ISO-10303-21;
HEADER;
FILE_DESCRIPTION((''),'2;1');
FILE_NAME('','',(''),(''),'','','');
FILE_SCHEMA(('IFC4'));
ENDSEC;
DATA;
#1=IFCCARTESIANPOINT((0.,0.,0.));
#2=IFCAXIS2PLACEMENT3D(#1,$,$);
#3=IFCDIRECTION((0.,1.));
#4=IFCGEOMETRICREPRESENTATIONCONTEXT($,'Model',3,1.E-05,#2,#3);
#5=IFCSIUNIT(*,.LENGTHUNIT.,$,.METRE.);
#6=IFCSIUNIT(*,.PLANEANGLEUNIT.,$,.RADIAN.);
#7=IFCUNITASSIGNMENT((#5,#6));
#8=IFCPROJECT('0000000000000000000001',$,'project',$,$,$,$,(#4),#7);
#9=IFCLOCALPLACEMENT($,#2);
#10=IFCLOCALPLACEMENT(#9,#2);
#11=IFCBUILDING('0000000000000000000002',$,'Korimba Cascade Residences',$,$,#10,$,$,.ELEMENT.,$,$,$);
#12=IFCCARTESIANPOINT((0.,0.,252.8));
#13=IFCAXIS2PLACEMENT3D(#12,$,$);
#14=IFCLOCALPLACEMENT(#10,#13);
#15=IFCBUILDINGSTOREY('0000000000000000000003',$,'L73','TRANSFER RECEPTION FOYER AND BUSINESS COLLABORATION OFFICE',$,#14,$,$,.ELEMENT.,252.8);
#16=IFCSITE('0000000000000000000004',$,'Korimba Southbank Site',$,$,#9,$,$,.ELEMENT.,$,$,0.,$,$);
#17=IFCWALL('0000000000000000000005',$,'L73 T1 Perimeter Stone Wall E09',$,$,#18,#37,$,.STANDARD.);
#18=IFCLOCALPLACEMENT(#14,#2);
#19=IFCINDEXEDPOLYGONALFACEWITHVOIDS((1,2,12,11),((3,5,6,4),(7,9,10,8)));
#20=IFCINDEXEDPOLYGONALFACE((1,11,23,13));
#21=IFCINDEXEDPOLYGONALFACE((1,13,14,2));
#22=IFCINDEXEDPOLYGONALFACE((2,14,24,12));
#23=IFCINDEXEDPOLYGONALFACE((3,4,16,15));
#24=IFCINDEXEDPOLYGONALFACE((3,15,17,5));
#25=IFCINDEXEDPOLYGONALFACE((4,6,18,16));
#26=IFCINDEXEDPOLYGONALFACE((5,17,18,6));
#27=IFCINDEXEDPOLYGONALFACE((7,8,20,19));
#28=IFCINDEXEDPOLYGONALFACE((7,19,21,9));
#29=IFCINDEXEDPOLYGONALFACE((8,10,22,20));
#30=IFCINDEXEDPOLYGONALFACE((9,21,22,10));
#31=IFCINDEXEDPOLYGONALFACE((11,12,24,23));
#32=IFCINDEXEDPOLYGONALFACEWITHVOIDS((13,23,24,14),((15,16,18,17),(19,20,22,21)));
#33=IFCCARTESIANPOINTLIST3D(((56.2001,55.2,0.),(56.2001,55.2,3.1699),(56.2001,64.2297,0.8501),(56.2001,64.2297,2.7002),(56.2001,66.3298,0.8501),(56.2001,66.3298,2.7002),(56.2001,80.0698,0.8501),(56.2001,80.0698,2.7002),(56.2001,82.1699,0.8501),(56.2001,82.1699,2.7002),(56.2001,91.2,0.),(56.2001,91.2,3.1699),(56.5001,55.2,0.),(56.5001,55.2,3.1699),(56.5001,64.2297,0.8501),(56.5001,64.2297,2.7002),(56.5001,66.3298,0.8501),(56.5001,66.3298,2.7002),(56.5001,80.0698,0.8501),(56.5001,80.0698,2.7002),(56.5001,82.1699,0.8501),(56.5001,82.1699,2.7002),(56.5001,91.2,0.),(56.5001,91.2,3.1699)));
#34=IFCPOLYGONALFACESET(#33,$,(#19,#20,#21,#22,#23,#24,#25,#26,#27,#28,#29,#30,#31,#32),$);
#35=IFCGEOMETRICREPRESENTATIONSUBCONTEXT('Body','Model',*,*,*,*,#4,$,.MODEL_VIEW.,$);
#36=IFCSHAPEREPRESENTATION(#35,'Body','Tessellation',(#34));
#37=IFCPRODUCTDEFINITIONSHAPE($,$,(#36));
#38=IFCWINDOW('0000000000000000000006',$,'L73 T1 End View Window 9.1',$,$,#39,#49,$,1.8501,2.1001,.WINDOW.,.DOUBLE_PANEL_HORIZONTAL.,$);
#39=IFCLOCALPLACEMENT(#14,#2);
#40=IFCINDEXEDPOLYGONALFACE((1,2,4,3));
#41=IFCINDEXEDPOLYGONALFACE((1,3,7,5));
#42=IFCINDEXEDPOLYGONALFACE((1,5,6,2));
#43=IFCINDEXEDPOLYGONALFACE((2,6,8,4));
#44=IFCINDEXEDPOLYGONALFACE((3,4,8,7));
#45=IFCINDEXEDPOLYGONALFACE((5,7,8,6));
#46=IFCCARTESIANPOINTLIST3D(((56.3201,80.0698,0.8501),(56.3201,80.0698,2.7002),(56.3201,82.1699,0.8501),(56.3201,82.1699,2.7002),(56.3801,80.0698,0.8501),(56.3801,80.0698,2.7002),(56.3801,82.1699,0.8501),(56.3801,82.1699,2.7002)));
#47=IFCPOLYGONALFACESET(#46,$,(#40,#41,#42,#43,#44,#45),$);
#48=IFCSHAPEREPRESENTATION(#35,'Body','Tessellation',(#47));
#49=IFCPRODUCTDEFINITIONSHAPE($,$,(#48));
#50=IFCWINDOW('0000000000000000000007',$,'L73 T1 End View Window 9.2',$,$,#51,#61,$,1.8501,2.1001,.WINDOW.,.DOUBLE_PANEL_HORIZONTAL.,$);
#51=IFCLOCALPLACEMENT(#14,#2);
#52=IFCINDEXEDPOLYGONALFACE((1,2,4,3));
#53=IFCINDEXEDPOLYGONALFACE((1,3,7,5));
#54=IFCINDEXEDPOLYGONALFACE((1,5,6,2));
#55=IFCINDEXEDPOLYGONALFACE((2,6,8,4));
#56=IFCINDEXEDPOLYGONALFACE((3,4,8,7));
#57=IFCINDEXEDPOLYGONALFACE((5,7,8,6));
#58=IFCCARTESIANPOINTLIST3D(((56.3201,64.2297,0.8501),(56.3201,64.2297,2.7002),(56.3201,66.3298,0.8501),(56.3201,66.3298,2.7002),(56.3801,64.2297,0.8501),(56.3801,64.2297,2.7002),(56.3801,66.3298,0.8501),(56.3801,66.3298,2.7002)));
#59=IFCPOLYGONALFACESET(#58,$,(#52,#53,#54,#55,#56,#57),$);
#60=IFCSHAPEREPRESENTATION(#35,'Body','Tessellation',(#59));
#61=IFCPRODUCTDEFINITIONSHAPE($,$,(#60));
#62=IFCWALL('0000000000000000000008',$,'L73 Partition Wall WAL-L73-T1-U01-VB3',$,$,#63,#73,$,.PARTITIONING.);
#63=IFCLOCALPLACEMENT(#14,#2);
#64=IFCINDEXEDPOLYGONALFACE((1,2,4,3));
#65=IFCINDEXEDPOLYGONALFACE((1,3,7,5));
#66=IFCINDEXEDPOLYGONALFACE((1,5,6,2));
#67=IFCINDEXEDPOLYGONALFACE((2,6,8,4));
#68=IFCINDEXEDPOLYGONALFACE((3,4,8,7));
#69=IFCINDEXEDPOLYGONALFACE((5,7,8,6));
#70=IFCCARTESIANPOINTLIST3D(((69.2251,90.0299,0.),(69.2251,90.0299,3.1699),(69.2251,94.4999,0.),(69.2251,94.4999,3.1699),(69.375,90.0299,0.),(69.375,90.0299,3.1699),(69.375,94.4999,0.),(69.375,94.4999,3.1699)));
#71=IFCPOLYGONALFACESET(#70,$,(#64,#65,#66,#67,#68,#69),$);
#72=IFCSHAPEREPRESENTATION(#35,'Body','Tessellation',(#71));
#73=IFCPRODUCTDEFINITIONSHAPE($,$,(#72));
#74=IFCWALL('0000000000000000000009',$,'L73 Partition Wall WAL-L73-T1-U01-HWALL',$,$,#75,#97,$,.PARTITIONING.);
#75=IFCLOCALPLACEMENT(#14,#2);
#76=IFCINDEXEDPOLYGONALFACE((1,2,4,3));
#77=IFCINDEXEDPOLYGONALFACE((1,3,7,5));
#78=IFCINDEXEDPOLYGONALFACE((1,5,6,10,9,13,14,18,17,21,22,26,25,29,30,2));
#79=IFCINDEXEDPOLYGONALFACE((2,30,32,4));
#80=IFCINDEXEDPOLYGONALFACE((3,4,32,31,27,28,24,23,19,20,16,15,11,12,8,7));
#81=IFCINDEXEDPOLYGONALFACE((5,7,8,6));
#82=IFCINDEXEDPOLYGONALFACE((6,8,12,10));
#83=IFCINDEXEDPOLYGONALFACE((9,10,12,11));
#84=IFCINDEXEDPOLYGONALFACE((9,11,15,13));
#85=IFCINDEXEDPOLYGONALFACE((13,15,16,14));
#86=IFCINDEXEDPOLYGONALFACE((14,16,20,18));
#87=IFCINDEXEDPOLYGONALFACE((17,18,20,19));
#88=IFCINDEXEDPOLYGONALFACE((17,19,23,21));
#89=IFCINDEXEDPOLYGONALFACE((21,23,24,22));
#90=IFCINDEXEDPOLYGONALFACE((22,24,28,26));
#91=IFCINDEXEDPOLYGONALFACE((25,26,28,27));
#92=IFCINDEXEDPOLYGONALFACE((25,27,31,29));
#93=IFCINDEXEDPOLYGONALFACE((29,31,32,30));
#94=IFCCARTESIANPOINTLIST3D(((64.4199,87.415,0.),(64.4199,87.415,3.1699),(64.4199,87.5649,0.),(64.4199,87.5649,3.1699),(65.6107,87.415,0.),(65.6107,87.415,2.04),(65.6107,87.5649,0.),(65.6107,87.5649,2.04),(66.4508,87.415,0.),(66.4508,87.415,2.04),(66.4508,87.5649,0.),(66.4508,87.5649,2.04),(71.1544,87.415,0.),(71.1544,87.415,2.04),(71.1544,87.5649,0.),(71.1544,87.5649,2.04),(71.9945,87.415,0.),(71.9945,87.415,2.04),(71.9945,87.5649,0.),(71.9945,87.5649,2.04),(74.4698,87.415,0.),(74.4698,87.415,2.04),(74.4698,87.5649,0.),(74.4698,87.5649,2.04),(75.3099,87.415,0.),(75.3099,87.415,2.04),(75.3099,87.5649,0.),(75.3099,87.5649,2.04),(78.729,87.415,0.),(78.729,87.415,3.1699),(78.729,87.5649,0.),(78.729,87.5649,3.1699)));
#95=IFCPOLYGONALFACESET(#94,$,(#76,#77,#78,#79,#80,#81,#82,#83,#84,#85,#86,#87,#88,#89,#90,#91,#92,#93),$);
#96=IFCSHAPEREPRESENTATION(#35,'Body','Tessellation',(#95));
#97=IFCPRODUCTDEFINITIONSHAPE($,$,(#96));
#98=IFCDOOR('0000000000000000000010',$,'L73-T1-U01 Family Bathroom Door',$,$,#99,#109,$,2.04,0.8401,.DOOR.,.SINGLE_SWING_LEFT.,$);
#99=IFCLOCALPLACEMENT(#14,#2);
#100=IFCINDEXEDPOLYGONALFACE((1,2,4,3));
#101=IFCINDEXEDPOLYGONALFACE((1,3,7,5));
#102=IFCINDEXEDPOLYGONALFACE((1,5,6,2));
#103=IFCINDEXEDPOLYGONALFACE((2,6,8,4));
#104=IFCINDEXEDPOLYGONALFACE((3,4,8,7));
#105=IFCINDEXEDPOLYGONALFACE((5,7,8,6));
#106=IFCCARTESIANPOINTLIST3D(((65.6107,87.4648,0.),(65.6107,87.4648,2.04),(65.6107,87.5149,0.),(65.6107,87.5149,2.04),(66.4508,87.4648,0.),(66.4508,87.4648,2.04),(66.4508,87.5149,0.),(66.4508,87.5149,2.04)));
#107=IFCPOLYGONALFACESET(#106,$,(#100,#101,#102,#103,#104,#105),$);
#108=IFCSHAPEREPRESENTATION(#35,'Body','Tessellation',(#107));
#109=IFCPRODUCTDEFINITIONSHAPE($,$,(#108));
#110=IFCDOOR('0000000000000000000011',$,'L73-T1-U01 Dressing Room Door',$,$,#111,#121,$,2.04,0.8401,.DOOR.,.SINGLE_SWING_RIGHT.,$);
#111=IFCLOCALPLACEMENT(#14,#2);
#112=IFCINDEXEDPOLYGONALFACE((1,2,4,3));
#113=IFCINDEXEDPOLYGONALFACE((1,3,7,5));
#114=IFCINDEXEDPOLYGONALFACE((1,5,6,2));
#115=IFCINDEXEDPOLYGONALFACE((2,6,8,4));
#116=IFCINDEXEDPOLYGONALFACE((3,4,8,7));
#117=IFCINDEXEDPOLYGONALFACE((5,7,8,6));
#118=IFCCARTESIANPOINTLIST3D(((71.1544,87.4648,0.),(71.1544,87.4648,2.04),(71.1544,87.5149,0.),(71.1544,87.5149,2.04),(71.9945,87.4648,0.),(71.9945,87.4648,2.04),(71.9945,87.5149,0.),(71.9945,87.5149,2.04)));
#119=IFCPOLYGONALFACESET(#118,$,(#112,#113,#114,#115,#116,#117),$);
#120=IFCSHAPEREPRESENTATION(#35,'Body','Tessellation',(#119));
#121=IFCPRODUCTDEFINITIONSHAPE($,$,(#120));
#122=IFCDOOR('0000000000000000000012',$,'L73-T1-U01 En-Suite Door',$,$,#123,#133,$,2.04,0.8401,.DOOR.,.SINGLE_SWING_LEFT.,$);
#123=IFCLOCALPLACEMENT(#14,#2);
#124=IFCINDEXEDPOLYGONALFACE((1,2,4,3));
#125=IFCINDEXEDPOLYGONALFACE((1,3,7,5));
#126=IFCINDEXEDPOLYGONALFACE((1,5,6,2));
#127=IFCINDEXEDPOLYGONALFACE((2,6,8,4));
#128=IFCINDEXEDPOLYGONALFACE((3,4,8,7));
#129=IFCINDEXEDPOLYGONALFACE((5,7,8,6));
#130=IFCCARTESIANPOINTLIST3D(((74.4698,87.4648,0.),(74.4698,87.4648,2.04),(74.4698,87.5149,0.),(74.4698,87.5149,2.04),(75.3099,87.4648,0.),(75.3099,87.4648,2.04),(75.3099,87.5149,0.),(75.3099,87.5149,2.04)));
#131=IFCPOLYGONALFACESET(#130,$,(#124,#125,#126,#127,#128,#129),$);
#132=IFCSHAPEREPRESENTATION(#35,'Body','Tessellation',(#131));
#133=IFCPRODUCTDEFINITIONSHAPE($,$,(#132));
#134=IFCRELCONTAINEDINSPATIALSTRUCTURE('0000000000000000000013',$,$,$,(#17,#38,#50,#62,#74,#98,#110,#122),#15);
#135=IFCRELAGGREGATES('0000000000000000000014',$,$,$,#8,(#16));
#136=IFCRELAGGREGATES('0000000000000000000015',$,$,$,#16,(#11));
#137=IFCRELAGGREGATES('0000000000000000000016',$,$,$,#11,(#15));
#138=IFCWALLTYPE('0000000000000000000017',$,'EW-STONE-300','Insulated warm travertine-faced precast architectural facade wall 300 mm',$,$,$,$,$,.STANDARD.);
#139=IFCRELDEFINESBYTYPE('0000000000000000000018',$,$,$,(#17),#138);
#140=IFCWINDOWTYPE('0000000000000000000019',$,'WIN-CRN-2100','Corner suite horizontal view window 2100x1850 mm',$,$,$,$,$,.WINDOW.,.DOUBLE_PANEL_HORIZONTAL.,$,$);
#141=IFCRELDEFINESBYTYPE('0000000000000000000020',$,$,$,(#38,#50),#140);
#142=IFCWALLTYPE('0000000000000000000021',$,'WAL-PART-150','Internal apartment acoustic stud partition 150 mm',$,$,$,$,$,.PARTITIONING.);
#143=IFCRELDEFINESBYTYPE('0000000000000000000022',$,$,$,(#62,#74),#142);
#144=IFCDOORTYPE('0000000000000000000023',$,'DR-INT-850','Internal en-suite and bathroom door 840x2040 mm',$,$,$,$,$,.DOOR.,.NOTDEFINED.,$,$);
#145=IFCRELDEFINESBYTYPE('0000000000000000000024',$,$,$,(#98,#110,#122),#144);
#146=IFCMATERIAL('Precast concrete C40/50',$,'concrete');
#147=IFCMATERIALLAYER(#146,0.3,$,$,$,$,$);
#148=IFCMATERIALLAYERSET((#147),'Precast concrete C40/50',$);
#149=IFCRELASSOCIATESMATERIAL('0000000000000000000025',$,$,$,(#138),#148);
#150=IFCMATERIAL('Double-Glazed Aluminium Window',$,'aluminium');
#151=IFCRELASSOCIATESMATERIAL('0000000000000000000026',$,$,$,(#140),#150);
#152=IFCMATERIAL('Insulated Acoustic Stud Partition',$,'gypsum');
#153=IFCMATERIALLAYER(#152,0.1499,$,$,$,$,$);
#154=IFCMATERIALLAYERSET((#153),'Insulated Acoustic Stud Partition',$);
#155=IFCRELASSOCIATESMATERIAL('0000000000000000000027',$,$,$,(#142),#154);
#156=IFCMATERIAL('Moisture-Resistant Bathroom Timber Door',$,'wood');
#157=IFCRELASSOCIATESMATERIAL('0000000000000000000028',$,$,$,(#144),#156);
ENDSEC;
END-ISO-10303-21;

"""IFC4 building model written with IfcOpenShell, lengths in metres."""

from ifc_helpers import new_model, si_unit, direction, frame, frame_2d, origin, place, context, subcontext, project, spatial, rectangle, extrude, material, layer, layer_set, type_object, element, fill, save


model = new_model("IFC4")

# Units and contexts
model_context = context("Model", 3, precision=1e-05, world=origin(), true_north=direction((0.0, 1.0)))
body_context = subcontext(model_context, "Body", "Model", "MODEL_VIEW")
ifc_project = project(units=[si_unit("LENGTHUNIT", "METRE"), si_unit("PLANEANGLEUNIT", "RADIAN")], contexts=[model_context])

# Site, building, storey
site_placement = place(None, origin())
site = spatial("IfcSite", under=ifc_project, at=site_placement, Name="Korimba Southbank Site", CompositionType="ELEMENT", RefElevation=0.0)
building_placement = place(site_placement, origin())
building = spatial("IfcBuilding", under=site, at=building_placement, Name="Korimba Cascade Residences", CompositionType="ELEMENT")
storey_placement = place(building_placement, frame((0.0, 0.0, 252.8)))
storey = spatial("IfcBuildingStorey", under=building, at=storey_placement, Name="L73", Description="TRANSFER RECEPTION FOYER AND BUSINESS COLLABORATION OFFICE", CompositionType="ELEMENT", Elevation=252.8)

# Shared definitions
ifc_material_1 = material(Name="Precast concrete C40/50", Category="concrete")
ifc_layer_1 = layer(ifc_material_1, 0.3)
ifc_layer_set_1 = layer_set([ifc_layer_1], Name="Precast concrete C40/50")
wall_type_1 = type_object("IfcWallType", Name="EW-STONE-300", Description="Insulated warm travertine-faced precast architectural facade wall 300 mm", PredefinedType="STANDARD", material=ifc_layer_set_1)

# Wall, openings, windows
wall_1_placement = place(storey_placement, frame((56.3501, 91.2, 0.0), z_axis=(0.0, 0.0, 1.0), x_axis=(0.0, -1.0, 0.0)))
wall_1 = element("IfcWall", 1, at=wall_1_placement, inside=storey, type_object=wall_type_1, Name="L73 T1 Perimeter Stone Wall E09", PredefinedType="STANDARD", context=body_context, shape_type="SweptSolid", body=[
    extrude(rectangle(XDim=36.0, YDim=0.3, at=frame_2d((18.0, 0.0))), origin(), (0.0, 0.0, 1.0), 3.1699),
])
opening_1_placement = place(wall_1_placement, frame((9.03, 0.0, 0.8501)))
opening_1 = element("IfcOpeningElement", 2, at=opening_1_placement, cuts=wall_1, PredefinedType="OPENING", context=body_context, shape_type="SweptSolid", body=[
    extrude(rectangle(XDim=2.1001, YDim=1.8501, at=frame_2d((1.05, 0.925))), frame((0.0, 0.1602, 0.0), z_axis=(0.0, -1.0, 0.0), x_axis=(1.0, 0.0, 0.0)), (0.0, 0.0, 1.0), 0.3201),
])
opening_2_placement = place(wall_1_placement, frame((24.8701, 0.0, 0.8501)))
opening_2 = element("IfcOpeningElement", 3, at=opening_2_placement, cuts=wall_1, PredefinedType="OPENING", context=body_context, shape_type="SweptSolid", body=[
    extrude(rectangle(XDim=2.1001, YDim=1.8501, at=frame_2d((1.05, 0.925))), frame((0.0, 0.1602, 0.0), z_axis=(0.0, -1.0, 0.0), x_axis=(1.0, 0.0, 0.0)), (0.0, 0.0, 1.0), 0.3201),
])
ifc_material_2 = material(Name="Double-Glazed Aluminium Window", Category="aluminium")
window_type = type_object("IfcWindowType", Name="WIN-CRN-2100", Description="Corner suite horizontal view window 2100x1850 mm", PartitioningType="DOUBLE_PANEL_HORIZONTAL", PredefinedType="WINDOW", material=ifc_material_2)
window_1_placement = place(opening_1_placement, origin())
window_1 = element("IfcWindow", 4, at=window_1_placement, inside=storey, type_object=window_type, Name="L73 T1 End View Window 9.1", OverallHeight=1.8501, OverallWidth=2.1001, PartitioningType="DOUBLE_PANEL_HORIZONTAL", PredefinedType="WINDOW", context=body_context, shape_type="SweptSolid", body=[
    extrude(rectangle(XDim=2.1001, YDim=1.8501, at=frame_2d((1.05, 0.925))), frame((0.0, 0.03, 0.0), z_axis=(0.0, -1.0, 0.0), x_axis=(1.0, 0.0, 0.0)), (0.0, 0.0, 1.0), 0.0601),
])
fill(opening_1, window_1)
window_2_placement = place(opening_2_placement, origin())
window_2 = element("IfcWindow", 5, at=window_2_placement, inside=storey, type_object=window_type, Name="L73 T1 End View Window 9.2", OverallHeight=1.8501, OverallWidth=2.1001, PartitioningType="DOUBLE_PANEL_HORIZONTAL", PredefinedType="WINDOW", context=body_context, shape_type="SweptSolid", body=[
    extrude(rectangle(XDim=2.1001, YDim=1.8501, at=frame_2d((1.05, 0.925))), frame((0.0, 0.03, 0.0), z_axis=(0.0, -1.0, 0.0), x_axis=(1.0, 0.0, 0.0)), (0.0, 0.0, 1.0), 0.0601),
])
fill(opening_2, window_2)

# Wall
ifc_material_3 = material(Name="Insulated Acoustic Stud Partition", Category="gypsum")
ifc_layer_2 = layer(ifc_material_3, 0.1499)
ifc_layer_set_2 = layer_set([ifc_layer_2], Name="Insulated Acoustic Stud Partition")
wall_type_2 = type_object("IfcWallType", Name="WAL-PART-150", Description="Internal apartment acoustic stud partition 150 mm", PredefinedType="PARTITIONING", material=ifc_layer_set_2)
wall_2_placement = place(storey_placement, frame((69.3, 90.03, 0.0), z_axis=(0.0, 0.0, 1.0), x_axis=(0.0, 1.0, 0.0)))
element("IfcWall", 6, at=wall_2_placement, inside=storey, type_object=wall_type_2, Name="L73 Partition Wall WAL-L73-T1-U01-VB3", PredefinedType="PARTITIONING", context=body_context, shape_type="SweptSolid", body=[
    extrude(rectangle(XDim=4.47, YDim=0.1499, at=frame_2d((2.2349, 0.0))), origin(), (0.0, 0.0, 1.0), 3.1699),
])

# Wall, openings, doors
wall_3_placement = place(storey_placement, frame((64.4199, 87.49, 0.0), z_axis=(0.0, 0.0, 1.0), x_axis=(1.0, 0.0, 0.0)))
wall_3 = element("IfcWall", 7, at=wall_3_placement, inside=storey, type_object=wall_type_2, Name="L73 Partition Wall WAL-L73-T1-U01-HWALL", PredefinedType="PARTITIONING", context=body_context, shape_type="SweptSolid", body=[
    extrude(rectangle(XDim=14.3091, YDim=0.1499, at=frame_2d((7.1545, 0.0))), origin(), (0.0, 0.0, 1.0), 3.1699),
])
opening_3_placement = place(wall_3_placement, frame((1.1909, 0.0, 0.0)))
opening_3 = element("IfcOpeningElement", 8, at=opening_3_placement, cuts=wall_3, PredefinedType="OPENING", context=body_context, shape_type="SweptSolid", body=[
    extrude(rectangle(XDim=0.8401, YDim=2.04, at=frame_2d((0.4199, 1.02))), frame((0.0, 0.085, 0.0), z_axis=(0.0, -1.0, 0.0), x_axis=(1.0, 0.0, 0.0)), (0.0, 0.0, 1.0), 0.1699),
])
opening_4_placement = place(wall_3_placement, frame((6.7346, 0.0, 0.0)))
opening_4 = element("IfcOpeningElement", 9, at=opening_4_placement, cuts=wall_3, PredefinedType="OPENING", context=body_context, shape_type="SweptSolid", body=[
    extrude(rectangle(XDim=0.8401, YDim=2.04, at=frame_2d((0.4199, 1.02))), frame((0.0, 0.085, 0.0), z_axis=(0.0, -1.0, 0.0), x_axis=(1.0, 0.0, 0.0)), (0.0, 0.0, 1.0), 0.1699),
])
opening_5_placement = place(wall_3_placement, frame((10.05, 0.0, 0.0)))
opening_5 = element("IfcOpeningElement", 10, at=opening_5_placement, cuts=wall_3, PredefinedType="OPENING", context=body_context, shape_type="SweptSolid", body=[
    extrude(rectangle(XDim=0.8401, YDim=2.04, at=frame_2d((0.4199, 1.02))), frame((0.0, 0.085, 0.0), z_axis=(0.0, -1.0, 0.0), x_axis=(1.0, 0.0, 0.0)), (0.0, 0.0, 1.0), 0.1699),
])
ifc_material_4 = material(Name="Moisture-Resistant Bathroom Timber Door", Category="wood")
door_type_1 = type_object("IfcDoorType", Name="DR-INT-850", Description="Internal en-suite and bathroom door 840x2040 mm", OperationType="NOTDEFINED", PredefinedType="DOOR", material=ifc_material_4)
door_1_placement = place(opening_3_placement, origin())
door_1 = element("IfcDoor", 11, at=door_1_placement, inside=storey, type_object=door_type_1, Name="L73-T1-U01 Family Bathroom Door", OperationType="SINGLE_SWING_LEFT", OverallHeight=2.04, OverallWidth=0.8401, PredefinedType="DOOR", context=body_context, shape_type="SweptSolid", body=[
    extrude(rectangle(XDim=0.8401, YDim=2.04, at=frame_2d((0.4199, 1.02))), frame((0.0, 0.0249, 0.0), z_axis=(0.0, -1.0, 0.0), x_axis=(1.0, 0.0, 0.0)), (0.0, 0.0, 1.0), 0.05),
])
fill(opening_3, door_1)
door_2_placement = place(opening_4_placement, origin())
door_2 = element("IfcDoor", 12, at=door_2_placement, inside=storey, type_object=door_type_1, Name="L73-T1-U01 Dressing Room Door", OperationType="SINGLE_SWING_RIGHT", OverallHeight=2.04, OverallWidth=0.8401, PredefinedType="DOOR", context=body_context, shape_type="SweptSolid", body=[
    extrude(rectangle(XDim=0.8401, YDim=2.04, at=frame_2d((0.4199, 1.02))), frame((0.0, 0.0249, 0.0), z_axis=(0.0, -1.0, 0.0), x_axis=(1.0, 0.0, 0.0)), (0.0, 0.0, 1.0), 0.05),
])
fill(opening_4, door_2)
door_3_placement = place(opening_5_placement, origin())
door_3 = element("IfcDoor", 13, at=door_3_placement, inside=storey, type_object=door_type_1, Name="L73-T1-U01 En-Suite Door", OperationType="SINGLE_SWING_LEFT", OverallHeight=2.04, OverallWidth=0.8401, PredefinedType="DOOR", context=body_context, shape_type="SweptSolid", body=[
    extrude(rectangle(XDim=0.8401, YDim=2.04, at=frame_2d((0.4199, 1.02))), frame((0.0, 0.0249, 0.0), z_axis=(0.0, -1.0, 0.0), x_axis=(1.0, 0.0, 0.0)), (0.0, 0.0, 1.0), 0.05),
])
fill(opening_5, door_3)

save(model, "model.ifc")
